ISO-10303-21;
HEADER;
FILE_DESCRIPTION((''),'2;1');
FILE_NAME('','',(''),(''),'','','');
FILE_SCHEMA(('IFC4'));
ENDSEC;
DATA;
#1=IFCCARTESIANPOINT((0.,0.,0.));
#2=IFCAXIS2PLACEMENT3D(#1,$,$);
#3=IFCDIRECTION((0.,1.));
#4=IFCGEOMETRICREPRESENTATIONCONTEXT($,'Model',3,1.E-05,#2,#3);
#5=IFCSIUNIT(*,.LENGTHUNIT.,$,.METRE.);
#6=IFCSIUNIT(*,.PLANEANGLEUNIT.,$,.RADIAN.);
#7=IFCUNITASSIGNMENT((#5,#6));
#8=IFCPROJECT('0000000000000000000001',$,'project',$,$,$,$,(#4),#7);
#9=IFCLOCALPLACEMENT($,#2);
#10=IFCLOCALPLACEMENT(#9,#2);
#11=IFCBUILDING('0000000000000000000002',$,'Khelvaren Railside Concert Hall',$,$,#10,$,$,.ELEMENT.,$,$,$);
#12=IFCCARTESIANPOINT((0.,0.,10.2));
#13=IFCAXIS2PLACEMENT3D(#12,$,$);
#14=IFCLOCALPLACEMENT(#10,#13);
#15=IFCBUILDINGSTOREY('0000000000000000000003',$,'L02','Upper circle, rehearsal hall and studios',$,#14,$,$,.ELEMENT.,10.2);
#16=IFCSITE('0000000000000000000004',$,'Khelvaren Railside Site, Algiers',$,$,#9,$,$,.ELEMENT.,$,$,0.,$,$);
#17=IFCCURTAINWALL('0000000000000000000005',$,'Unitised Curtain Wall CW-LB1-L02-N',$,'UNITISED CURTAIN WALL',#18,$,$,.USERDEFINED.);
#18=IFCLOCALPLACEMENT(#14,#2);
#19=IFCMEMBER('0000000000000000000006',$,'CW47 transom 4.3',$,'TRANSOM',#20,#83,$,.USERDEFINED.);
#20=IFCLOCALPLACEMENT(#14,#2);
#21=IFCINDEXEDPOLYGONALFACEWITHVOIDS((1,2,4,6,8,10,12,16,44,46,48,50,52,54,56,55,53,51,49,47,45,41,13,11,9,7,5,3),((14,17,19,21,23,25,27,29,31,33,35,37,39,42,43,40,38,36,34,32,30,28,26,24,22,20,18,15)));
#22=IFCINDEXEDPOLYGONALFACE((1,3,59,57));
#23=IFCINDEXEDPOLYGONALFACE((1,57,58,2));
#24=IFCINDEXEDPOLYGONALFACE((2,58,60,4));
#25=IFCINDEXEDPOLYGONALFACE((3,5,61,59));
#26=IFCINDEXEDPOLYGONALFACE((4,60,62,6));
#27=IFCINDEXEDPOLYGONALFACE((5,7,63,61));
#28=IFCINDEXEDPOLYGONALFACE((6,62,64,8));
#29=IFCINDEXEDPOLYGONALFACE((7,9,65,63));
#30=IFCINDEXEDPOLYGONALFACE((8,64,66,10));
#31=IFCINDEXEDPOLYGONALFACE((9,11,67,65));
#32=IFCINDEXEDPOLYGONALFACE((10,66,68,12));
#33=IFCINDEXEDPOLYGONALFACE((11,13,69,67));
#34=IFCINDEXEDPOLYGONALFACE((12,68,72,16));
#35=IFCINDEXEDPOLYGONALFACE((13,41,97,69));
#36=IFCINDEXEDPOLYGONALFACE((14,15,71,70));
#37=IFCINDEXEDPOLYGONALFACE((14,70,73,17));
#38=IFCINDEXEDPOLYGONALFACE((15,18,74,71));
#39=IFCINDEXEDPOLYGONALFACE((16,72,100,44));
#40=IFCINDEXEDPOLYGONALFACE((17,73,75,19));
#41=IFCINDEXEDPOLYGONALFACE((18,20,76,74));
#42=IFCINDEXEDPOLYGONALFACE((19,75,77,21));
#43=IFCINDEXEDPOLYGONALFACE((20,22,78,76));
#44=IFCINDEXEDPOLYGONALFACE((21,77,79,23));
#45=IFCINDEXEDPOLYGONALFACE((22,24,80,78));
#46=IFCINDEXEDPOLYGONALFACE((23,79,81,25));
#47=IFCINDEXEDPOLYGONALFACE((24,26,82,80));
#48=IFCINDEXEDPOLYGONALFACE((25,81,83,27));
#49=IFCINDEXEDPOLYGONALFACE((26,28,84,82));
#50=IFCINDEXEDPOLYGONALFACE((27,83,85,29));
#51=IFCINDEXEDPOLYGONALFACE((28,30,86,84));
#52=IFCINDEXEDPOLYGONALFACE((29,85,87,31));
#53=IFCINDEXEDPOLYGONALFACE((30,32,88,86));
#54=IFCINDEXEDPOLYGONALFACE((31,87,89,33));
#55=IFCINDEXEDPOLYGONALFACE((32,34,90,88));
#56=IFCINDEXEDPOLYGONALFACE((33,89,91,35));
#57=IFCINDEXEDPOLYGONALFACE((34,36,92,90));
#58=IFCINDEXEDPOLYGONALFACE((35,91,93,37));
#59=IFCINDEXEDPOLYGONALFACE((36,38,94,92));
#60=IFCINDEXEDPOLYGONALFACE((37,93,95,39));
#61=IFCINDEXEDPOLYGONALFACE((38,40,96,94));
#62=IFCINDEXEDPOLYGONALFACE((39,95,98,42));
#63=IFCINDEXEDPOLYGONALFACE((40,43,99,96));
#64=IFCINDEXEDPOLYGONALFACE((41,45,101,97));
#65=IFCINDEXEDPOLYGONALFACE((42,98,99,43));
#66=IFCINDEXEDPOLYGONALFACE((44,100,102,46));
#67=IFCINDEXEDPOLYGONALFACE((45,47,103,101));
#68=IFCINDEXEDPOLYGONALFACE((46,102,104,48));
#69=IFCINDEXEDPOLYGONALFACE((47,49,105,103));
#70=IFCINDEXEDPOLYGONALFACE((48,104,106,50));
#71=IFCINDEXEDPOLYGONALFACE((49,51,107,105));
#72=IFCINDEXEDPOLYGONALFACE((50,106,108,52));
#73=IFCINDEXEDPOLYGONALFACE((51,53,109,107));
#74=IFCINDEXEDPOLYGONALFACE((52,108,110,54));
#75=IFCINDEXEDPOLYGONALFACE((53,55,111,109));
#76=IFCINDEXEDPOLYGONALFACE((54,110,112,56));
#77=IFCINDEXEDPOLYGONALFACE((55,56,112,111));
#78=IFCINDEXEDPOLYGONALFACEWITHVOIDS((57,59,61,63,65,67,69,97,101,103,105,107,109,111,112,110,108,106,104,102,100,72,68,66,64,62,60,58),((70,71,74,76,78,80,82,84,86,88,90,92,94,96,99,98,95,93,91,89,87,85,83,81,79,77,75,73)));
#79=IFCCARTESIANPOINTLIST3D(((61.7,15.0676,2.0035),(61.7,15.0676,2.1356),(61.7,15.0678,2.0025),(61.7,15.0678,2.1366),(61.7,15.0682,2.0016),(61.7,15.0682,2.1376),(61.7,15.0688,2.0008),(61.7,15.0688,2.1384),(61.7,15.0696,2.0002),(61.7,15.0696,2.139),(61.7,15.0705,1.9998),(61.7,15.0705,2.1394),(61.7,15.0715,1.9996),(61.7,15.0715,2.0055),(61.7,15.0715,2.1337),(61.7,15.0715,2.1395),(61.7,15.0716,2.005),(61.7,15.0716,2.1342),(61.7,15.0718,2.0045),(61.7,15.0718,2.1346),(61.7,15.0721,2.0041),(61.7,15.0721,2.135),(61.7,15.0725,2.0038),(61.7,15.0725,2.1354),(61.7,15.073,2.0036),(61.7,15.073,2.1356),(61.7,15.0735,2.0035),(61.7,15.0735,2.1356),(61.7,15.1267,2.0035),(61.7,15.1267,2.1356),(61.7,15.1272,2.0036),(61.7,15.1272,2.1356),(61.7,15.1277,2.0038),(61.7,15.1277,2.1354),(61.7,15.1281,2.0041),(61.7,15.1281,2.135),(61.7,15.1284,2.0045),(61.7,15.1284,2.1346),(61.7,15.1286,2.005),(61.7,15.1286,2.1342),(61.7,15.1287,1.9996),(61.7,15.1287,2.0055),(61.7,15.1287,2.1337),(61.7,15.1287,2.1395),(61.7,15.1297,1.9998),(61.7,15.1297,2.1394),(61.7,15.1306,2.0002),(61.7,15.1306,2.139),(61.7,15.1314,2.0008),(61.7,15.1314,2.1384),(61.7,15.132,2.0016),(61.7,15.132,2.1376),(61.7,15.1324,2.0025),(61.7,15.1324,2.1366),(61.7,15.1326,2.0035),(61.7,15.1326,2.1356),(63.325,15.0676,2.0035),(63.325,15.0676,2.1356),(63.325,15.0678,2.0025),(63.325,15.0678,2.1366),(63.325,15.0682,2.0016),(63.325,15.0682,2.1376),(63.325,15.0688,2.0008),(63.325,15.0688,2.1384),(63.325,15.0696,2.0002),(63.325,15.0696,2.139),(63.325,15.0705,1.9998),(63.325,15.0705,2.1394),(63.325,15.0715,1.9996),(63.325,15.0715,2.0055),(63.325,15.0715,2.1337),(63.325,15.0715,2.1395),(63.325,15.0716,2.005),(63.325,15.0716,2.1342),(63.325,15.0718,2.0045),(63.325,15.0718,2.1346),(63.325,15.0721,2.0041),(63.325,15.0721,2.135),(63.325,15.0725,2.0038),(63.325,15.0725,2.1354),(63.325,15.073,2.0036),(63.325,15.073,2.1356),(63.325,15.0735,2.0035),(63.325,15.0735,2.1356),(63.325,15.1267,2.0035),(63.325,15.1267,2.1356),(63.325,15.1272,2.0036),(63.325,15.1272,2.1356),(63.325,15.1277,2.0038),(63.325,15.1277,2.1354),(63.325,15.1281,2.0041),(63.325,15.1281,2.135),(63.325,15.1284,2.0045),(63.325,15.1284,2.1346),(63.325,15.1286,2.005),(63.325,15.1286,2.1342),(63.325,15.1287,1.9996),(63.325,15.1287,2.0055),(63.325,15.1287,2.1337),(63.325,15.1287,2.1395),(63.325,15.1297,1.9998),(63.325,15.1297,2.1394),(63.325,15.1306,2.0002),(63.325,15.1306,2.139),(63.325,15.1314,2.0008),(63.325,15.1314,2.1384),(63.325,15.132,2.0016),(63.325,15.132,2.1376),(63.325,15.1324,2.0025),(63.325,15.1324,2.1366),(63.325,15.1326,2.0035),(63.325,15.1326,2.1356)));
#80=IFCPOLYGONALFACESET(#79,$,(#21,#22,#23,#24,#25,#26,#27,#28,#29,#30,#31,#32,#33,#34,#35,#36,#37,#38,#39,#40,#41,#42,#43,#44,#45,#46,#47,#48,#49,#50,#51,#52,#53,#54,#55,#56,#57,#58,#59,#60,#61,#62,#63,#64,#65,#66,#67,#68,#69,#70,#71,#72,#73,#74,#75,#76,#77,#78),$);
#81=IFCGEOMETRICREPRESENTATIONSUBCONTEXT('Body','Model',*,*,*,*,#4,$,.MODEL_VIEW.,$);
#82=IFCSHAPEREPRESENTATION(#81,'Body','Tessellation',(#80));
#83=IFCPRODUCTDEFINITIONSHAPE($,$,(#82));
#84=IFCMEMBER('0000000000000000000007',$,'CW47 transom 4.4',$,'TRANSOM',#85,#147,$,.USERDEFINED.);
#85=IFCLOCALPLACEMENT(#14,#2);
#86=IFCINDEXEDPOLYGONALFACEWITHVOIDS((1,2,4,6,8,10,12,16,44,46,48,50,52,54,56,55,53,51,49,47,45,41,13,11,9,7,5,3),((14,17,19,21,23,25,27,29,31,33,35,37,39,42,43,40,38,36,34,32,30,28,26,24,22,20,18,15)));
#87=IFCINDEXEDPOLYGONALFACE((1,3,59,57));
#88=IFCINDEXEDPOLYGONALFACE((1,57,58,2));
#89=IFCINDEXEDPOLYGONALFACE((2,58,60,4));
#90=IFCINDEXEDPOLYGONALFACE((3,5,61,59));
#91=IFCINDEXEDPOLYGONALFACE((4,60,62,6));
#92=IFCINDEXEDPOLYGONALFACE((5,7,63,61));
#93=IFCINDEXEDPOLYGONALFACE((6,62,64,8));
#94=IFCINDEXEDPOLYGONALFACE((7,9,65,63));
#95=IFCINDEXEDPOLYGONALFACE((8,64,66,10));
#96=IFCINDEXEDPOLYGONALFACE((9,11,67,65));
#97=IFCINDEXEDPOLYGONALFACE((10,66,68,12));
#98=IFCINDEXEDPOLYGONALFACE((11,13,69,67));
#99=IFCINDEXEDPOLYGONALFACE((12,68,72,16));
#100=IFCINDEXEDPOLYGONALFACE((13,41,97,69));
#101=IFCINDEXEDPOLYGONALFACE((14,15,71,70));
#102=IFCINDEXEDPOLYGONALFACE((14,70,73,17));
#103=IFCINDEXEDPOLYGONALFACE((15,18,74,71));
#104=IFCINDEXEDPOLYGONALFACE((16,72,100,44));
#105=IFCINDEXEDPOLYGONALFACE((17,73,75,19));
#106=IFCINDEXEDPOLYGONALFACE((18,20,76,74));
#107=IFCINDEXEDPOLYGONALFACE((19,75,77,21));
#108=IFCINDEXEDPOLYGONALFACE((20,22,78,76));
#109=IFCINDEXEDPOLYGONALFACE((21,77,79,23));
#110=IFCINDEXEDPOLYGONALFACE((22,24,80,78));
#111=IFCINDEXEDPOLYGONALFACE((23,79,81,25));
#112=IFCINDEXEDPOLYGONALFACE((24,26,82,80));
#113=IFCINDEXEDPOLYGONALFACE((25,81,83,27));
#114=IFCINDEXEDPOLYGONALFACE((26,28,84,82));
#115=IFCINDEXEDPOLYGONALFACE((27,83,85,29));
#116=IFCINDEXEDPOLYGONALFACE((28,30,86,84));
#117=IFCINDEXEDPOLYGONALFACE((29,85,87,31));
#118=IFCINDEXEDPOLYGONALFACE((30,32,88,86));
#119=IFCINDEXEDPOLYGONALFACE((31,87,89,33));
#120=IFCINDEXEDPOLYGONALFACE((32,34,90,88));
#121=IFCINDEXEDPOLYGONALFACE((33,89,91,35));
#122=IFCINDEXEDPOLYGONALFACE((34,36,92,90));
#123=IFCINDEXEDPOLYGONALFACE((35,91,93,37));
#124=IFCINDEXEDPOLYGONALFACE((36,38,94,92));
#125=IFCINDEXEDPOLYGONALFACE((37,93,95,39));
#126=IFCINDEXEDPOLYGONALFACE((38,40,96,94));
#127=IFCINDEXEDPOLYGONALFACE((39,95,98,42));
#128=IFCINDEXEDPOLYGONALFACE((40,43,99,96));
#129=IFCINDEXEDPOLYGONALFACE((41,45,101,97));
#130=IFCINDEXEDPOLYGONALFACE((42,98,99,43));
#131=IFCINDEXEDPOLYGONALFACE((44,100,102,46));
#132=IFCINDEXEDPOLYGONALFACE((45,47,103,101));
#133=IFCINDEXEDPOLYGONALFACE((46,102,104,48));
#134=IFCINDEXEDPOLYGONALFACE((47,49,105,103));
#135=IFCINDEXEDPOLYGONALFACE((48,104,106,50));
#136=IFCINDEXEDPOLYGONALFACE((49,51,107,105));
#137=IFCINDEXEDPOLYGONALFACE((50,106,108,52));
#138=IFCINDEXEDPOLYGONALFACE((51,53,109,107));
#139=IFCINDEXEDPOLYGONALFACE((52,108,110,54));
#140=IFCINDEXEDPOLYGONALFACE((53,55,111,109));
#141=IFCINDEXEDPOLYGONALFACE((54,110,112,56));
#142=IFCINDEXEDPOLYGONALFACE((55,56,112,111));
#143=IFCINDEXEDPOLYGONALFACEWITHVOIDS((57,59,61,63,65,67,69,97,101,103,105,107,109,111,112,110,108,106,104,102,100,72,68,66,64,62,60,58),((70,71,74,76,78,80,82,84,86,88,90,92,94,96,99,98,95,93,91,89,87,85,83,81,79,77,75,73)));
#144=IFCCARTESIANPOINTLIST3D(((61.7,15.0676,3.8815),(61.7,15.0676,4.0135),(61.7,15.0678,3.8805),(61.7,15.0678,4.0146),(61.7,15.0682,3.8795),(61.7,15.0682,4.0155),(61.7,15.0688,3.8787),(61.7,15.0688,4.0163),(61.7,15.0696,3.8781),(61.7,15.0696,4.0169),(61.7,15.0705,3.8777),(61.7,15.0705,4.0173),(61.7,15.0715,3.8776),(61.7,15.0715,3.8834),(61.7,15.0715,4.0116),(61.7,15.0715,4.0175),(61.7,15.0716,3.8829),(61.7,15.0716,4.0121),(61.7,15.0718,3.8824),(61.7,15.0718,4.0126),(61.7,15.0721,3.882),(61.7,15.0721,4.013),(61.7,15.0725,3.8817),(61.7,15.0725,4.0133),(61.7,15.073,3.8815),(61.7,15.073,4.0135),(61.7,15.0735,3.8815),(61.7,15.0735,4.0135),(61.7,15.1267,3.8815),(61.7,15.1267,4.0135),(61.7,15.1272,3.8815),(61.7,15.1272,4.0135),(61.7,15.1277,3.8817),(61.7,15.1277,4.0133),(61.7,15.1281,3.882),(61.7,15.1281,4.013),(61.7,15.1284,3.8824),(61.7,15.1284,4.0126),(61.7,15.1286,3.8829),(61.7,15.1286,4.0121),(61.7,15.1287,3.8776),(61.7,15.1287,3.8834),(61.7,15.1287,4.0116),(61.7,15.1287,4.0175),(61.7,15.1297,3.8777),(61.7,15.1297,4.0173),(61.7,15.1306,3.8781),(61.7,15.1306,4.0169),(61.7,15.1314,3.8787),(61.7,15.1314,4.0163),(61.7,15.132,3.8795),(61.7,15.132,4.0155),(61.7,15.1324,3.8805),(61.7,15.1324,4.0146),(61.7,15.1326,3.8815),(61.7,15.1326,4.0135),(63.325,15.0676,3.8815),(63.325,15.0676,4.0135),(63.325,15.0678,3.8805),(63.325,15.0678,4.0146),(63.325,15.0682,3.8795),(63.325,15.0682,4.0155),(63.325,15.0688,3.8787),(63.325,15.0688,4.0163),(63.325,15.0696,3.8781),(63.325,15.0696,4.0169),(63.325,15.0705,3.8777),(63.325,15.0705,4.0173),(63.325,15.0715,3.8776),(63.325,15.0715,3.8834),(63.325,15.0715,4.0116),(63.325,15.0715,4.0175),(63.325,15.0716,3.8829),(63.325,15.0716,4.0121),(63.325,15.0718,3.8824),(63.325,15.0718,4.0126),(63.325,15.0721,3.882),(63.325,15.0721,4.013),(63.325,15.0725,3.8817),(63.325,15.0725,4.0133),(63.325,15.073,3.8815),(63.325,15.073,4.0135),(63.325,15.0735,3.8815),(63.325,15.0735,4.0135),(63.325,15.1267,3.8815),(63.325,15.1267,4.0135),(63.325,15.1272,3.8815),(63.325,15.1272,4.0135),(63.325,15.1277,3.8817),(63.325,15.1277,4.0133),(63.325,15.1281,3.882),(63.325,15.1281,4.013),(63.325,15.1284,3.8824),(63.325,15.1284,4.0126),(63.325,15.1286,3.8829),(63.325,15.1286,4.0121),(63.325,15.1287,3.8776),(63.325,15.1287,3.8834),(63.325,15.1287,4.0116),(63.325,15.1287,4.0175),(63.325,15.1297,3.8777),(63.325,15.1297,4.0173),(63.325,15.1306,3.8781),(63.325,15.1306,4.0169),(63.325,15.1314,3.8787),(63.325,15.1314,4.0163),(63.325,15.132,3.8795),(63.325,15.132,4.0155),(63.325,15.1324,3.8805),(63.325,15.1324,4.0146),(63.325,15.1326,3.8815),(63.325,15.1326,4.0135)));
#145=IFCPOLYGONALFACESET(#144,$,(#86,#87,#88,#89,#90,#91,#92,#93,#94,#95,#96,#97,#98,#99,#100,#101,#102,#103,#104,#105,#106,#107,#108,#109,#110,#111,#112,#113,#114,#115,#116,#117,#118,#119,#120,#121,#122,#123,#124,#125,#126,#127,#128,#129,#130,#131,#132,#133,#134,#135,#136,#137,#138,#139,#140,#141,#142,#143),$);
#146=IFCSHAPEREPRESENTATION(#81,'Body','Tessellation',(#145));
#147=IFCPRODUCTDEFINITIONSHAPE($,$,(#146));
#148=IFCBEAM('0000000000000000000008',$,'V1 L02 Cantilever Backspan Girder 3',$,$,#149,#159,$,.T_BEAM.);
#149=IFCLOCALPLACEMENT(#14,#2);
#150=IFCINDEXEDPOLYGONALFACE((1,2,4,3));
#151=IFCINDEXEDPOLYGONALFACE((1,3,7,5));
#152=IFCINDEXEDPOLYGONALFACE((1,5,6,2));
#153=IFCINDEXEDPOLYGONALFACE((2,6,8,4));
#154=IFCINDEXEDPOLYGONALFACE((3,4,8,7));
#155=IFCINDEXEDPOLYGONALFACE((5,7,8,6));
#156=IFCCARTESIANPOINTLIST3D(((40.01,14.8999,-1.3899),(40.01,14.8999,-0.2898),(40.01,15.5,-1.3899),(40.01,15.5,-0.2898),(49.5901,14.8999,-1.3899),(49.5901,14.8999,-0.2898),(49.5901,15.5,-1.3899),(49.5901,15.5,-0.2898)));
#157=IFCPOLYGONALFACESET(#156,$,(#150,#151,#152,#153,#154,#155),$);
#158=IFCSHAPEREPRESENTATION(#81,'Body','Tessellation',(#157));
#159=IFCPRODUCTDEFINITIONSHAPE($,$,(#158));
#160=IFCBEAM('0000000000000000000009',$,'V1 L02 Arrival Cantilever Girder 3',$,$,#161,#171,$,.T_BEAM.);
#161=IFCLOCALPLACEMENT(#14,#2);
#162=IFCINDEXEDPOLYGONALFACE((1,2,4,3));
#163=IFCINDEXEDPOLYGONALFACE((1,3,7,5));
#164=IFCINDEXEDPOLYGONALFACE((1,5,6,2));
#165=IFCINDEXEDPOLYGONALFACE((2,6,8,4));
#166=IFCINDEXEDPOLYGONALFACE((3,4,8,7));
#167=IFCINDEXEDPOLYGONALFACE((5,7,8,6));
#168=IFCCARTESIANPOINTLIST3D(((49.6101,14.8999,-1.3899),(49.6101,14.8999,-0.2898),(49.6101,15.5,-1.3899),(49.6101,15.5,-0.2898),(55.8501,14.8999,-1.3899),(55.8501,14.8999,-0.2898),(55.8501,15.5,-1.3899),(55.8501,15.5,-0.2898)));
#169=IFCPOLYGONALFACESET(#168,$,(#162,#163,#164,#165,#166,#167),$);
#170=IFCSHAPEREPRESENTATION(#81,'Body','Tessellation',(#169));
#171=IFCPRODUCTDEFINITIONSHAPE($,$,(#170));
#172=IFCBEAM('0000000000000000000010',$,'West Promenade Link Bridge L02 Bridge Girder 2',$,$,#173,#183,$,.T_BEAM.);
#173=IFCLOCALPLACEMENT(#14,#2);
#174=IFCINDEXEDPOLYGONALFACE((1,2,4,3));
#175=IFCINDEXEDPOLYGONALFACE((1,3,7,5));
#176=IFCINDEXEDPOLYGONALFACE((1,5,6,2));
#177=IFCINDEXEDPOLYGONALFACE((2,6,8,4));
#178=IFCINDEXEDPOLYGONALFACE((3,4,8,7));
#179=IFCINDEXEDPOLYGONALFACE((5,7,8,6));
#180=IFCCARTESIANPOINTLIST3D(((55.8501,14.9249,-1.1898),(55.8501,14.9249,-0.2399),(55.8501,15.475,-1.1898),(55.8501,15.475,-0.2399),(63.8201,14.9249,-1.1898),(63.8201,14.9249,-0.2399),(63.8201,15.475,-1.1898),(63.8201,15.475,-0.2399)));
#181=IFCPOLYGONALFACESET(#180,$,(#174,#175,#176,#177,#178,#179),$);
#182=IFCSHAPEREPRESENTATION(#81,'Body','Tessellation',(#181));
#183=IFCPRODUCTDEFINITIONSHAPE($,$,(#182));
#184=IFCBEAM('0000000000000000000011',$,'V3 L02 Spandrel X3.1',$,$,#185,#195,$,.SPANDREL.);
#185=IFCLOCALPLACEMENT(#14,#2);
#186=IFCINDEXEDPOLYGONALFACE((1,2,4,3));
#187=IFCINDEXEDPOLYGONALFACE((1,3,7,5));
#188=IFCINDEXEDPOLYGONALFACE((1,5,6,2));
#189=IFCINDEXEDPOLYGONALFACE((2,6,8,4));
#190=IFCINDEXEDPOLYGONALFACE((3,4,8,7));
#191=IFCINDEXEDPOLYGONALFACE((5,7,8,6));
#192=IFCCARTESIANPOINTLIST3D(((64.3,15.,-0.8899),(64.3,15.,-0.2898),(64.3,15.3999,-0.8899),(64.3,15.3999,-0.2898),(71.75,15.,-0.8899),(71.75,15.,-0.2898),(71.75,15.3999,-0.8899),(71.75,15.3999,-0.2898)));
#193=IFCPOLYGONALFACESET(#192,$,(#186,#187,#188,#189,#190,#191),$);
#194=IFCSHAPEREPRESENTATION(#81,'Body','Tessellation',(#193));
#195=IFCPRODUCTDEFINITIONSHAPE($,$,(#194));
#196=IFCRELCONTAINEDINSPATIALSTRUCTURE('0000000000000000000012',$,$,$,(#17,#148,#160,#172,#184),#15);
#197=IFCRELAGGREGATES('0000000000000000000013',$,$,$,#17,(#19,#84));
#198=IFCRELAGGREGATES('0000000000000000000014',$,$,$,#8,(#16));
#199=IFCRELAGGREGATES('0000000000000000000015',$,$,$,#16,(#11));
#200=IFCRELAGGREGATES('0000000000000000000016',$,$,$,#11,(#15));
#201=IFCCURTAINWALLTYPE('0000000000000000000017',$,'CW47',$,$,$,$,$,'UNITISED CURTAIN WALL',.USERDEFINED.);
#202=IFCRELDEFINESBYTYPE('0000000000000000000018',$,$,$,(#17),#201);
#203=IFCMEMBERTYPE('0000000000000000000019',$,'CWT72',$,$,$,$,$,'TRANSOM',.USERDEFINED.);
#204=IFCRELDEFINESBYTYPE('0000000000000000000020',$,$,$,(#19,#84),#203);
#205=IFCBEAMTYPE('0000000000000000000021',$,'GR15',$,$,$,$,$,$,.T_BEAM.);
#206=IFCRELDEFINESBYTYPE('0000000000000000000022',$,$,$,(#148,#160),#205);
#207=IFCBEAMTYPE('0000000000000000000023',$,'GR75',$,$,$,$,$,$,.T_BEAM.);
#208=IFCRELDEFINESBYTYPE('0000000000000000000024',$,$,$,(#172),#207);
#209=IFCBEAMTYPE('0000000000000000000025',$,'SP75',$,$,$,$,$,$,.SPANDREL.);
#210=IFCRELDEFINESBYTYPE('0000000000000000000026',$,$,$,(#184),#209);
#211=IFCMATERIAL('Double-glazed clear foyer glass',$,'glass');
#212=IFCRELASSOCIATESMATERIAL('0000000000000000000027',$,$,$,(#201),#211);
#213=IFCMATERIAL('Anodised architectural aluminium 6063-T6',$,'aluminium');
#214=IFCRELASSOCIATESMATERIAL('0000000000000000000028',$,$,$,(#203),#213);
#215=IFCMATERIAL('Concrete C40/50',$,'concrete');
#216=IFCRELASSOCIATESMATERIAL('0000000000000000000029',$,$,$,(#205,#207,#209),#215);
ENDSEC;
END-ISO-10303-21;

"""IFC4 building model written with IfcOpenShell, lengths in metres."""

from ifc_helpers import new_model, si_unit, direction, frame, origin, origin_2d, place, context, subcontext, project, spatial, rectangle, hollow_rectangle, extrude, material, material_profile, profile_set, type_object, element, aggregate, save


model = new_model("IFC4")

# Units and contexts
model_context = context("Model", 3, precision=1e-05, world=origin(), true_north=direction((0.0, 1.0)))
body_context = subcontext(model_context, "Body", "Model", "MODEL_VIEW")
ifc_project = project(units=[si_unit("LENGTHUNIT", "METRE"), si_unit("PLANEANGLEUNIT", "RADIAN")], contexts=[model_context])

# Site, building, storey
site_placement = place(None, origin())
site = spatial("IfcSite", under=ifc_project, at=site_placement, Name="Khelvaren Railside Site, Algiers", CompositionType="ELEMENT", RefElevation=0.0)
building_placement = place(site_placement, origin())
building = spatial("IfcBuilding", under=site, at=building_placement, Name="Khelvaren Railside Concert Hall", CompositionType="ELEMENT")
storey_placement = place(building_placement, frame((0.0, 0.0, 10.2)))
storey = spatial("IfcBuildingStorey", under=building, at=storey_placement, Name="L02", Description="Upper circle, rehearsal hall and studios", CompositionType="ELEMENT", Elevation=10.2)

# Shared definitions
ifc_material_1 = material(Name="Concrete C40/50", Category="concrete")

# Curtain wall
ifc_material_2 = material(Name="Double-glazed clear foyer glass", Category="glass")
ifc_material_3 = material(Name="Anodised architectural aluminium 6063-T6", Category="aluminium")
curtain_wall_type_1 = type_object("IfcCurtainWallType", Name="CW47", ElementType="UNITISED CURTAIN WALL", PredefinedType="USERDEFINED", material=ifc_material_2)
curtain_wall_1_placement = place(storey_placement, origin())
curtain_wall_1 = element("IfcCurtainWall", 1, at=curtain_wall_1_placement, inside=storey, type_object=curtain_wall_type_1, Name="Unitised Curtain Wall CW-LB1-L02-N", ObjectType="UNITISED CURTAIN WALL", PredefinedType="USERDEFINED")

# Members
ifc_material_profile_1 = material_profile(ifc_material_3, hollow_rectangle(XDim=0.0649, YDim=0.1399, WallThickness=0.0039, InnerFilletRadius=0.002, OuterFilletRadius=0.0039, at=origin_2d()), Name="CWT 65x140x4")
ifc_profile_set_1 = profile_set([ifc_material_profile_1], Name="Anodised architectural aluminium 6063-T6")
member_type_1 = type_object("IfcMemberType", Name="CWT72", ElementType="TRANSOM", PredefinedType="USERDEFINED", material=ifc_profile_set_1)
member_1_placement = place(storey_placement, frame((61.7, 15.1001, 2.0696), z_axis=(1.0, 0.0, 0.0), x_axis=(0.0, 1.0, 0.0)))
member_1 = element("IfcMember", 2, at=member_1_placement, type_object=member_type_1, Name="CW47 transom 4.3", ObjectType="TRANSOM", PredefinedType="USERDEFINED", context=body_context, shape_type="SweptSolid", body=[
    extrude(hollow_rectangle(XDim=0.0649, YDim=0.1399, WallThickness=0.0039, InnerFilletRadius=0.002, OuterFilletRadius=0.0039, at=origin_2d()), origin(), (0.0, 0.0, 1.0), 1.625),
])
member_2_placement = place(storey_placement, frame((61.7, 15.1001, 3.9475), z_axis=(1.0, 0.0, 0.0), x_axis=(0.0, 1.0, 0.0)))
member_2 = element("IfcMember", 3, at=member_2_placement, type_object=member_type_1, Name="CW47 transom 4.4", ObjectType="TRANSOM", PredefinedType="USERDEFINED", context=body_context, shape_type="SweptSolid", body=[
    extrude(hollow_rectangle(XDim=0.0649, YDim=0.1399, WallThickness=0.0039, InnerFilletRadius=0.002, OuterFilletRadius=0.0039, at=origin_2d()), origin(), (0.0, 0.0, 1.0), 1.625),
])

# Beams
ifc_material_profile_2 = material_profile(ifc_material_1, rectangle(XDim=0.6001, YDim=1.1001, at=origin_2d()), Name="RCB 600x1100")
ifc_profile_set_2 = profile_set([ifc_material_profile_2], Name="Concrete C40/50")
beam_type_1 = type_object("IfcBeamType", Name="GR15", PredefinedType="T_BEAM", material=ifc_profile_set_2)
beam_1_placement = place(storey_placement, frame((40.01, 15.2, -0.8398), z_axis=(1.0, 0.0, 0.0), x_axis=(0.0, 1.0, 0.0)))
element("IfcBeam", 4, at=beam_1_placement, inside=storey, type_object=beam_type_1, Name="V1 L02 Cantilever Backspan Girder 3", PredefinedType="T_BEAM", context=body_context, shape_type="SweptSolid", body=[
    extrude(rectangle(XDim=0.6001, YDim=1.1001, at=origin_2d()), origin(), (0.0, 0.0, 1.0), 9.5801),
])
beam_2_placement = place(storey_placement, frame((49.6101, 15.2, -0.8398), z_axis=(1.0, 0.0, 0.0), x_axis=(0.0, 1.0, 0.0)))
element("IfcBeam", 5, at=beam_2_placement, inside=storey, type_object=beam_type_1, Name="V1 L02 Arrival Cantilever Girder 3", PredefinedType="T_BEAM", context=body_context, shape_type="SweptSolid", body=[
    extrude(rectangle(XDim=0.6001, YDim=1.1001, at=origin_2d()), origin(), (0.0, 0.0, 1.0), 6.24),
])
ifc_material_profile_3 = material_profile(ifc_material_1, rectangle(XDim=0.55, YDim=0.95, at=origin_2d()), Name="RCB 550x950")
ifc_profile_set_3 = profile_set([ifc_material_profile_3], Name="Concrete C40/50")
beam_type_2 = type_object("IfcBeamType", Name="GR75", PredefinedType="T_BEAM", material=ifc_profile_set_3)
beam_3_placement = place(storey_placement, frame((55.8501, 15.2, -0.7148), z_axis=(1.0, 0.0, 0.0), x_axis=(0.0, 1.0, 0.0)))
element("IfcBeam", 6, at=beam_3_placement, inside=storey, type_object=beam_type_2, Name="West Promenade Link Bridge L02 Bridge Girder 2", PredefinedType="T_BEAM", context=body_context, shape_type="SweptSolid", body=[
    extrude(rectangle(XDim=0.55, YDim=0.95, at=origin_2d()), origin(), (0.0, 0.0, 1.0), 7.97),
])
ifc_material_profile_4 = material_profile(ifc_material_1, rectangle(XDim=0.3999, YDim=0.6001, at=origin_2d()), Name="RCB 400x600")
ifc_profile_set_4 = profile_set([ifc_material_profile_4], Name="Concrete C40/50")
beam_type_3 = type_object("IfcBeamType", Name="SP75", PredefinedType="SPANDREL", material=ifc_profile_set_4)
beam_4_placement = place(storey_placement, frame((64.3, 15.2, -0.5898), z_axis=(1.0, 0.0, 0.0), x_axis=(0.0, 1.0, 0.0)))
element("IfcBeam", 7, at=beam_4_placement, inside=storey, type_object=beam_type_3, Name="V3 L02 Spandrel X3.1", PredefinedType="SPANDREL", context=body_context, shape_type="SweptSolid", body=[
    extrude(rectangle(XDim=0.3999, YDim=0.6001, at=origin_2d()), origin(), (0.0, 0.0, 1.0), 7.45),
])

aggregate(curtain_wall_1, [member_1, member_2])

save(model, "model.ifc")
